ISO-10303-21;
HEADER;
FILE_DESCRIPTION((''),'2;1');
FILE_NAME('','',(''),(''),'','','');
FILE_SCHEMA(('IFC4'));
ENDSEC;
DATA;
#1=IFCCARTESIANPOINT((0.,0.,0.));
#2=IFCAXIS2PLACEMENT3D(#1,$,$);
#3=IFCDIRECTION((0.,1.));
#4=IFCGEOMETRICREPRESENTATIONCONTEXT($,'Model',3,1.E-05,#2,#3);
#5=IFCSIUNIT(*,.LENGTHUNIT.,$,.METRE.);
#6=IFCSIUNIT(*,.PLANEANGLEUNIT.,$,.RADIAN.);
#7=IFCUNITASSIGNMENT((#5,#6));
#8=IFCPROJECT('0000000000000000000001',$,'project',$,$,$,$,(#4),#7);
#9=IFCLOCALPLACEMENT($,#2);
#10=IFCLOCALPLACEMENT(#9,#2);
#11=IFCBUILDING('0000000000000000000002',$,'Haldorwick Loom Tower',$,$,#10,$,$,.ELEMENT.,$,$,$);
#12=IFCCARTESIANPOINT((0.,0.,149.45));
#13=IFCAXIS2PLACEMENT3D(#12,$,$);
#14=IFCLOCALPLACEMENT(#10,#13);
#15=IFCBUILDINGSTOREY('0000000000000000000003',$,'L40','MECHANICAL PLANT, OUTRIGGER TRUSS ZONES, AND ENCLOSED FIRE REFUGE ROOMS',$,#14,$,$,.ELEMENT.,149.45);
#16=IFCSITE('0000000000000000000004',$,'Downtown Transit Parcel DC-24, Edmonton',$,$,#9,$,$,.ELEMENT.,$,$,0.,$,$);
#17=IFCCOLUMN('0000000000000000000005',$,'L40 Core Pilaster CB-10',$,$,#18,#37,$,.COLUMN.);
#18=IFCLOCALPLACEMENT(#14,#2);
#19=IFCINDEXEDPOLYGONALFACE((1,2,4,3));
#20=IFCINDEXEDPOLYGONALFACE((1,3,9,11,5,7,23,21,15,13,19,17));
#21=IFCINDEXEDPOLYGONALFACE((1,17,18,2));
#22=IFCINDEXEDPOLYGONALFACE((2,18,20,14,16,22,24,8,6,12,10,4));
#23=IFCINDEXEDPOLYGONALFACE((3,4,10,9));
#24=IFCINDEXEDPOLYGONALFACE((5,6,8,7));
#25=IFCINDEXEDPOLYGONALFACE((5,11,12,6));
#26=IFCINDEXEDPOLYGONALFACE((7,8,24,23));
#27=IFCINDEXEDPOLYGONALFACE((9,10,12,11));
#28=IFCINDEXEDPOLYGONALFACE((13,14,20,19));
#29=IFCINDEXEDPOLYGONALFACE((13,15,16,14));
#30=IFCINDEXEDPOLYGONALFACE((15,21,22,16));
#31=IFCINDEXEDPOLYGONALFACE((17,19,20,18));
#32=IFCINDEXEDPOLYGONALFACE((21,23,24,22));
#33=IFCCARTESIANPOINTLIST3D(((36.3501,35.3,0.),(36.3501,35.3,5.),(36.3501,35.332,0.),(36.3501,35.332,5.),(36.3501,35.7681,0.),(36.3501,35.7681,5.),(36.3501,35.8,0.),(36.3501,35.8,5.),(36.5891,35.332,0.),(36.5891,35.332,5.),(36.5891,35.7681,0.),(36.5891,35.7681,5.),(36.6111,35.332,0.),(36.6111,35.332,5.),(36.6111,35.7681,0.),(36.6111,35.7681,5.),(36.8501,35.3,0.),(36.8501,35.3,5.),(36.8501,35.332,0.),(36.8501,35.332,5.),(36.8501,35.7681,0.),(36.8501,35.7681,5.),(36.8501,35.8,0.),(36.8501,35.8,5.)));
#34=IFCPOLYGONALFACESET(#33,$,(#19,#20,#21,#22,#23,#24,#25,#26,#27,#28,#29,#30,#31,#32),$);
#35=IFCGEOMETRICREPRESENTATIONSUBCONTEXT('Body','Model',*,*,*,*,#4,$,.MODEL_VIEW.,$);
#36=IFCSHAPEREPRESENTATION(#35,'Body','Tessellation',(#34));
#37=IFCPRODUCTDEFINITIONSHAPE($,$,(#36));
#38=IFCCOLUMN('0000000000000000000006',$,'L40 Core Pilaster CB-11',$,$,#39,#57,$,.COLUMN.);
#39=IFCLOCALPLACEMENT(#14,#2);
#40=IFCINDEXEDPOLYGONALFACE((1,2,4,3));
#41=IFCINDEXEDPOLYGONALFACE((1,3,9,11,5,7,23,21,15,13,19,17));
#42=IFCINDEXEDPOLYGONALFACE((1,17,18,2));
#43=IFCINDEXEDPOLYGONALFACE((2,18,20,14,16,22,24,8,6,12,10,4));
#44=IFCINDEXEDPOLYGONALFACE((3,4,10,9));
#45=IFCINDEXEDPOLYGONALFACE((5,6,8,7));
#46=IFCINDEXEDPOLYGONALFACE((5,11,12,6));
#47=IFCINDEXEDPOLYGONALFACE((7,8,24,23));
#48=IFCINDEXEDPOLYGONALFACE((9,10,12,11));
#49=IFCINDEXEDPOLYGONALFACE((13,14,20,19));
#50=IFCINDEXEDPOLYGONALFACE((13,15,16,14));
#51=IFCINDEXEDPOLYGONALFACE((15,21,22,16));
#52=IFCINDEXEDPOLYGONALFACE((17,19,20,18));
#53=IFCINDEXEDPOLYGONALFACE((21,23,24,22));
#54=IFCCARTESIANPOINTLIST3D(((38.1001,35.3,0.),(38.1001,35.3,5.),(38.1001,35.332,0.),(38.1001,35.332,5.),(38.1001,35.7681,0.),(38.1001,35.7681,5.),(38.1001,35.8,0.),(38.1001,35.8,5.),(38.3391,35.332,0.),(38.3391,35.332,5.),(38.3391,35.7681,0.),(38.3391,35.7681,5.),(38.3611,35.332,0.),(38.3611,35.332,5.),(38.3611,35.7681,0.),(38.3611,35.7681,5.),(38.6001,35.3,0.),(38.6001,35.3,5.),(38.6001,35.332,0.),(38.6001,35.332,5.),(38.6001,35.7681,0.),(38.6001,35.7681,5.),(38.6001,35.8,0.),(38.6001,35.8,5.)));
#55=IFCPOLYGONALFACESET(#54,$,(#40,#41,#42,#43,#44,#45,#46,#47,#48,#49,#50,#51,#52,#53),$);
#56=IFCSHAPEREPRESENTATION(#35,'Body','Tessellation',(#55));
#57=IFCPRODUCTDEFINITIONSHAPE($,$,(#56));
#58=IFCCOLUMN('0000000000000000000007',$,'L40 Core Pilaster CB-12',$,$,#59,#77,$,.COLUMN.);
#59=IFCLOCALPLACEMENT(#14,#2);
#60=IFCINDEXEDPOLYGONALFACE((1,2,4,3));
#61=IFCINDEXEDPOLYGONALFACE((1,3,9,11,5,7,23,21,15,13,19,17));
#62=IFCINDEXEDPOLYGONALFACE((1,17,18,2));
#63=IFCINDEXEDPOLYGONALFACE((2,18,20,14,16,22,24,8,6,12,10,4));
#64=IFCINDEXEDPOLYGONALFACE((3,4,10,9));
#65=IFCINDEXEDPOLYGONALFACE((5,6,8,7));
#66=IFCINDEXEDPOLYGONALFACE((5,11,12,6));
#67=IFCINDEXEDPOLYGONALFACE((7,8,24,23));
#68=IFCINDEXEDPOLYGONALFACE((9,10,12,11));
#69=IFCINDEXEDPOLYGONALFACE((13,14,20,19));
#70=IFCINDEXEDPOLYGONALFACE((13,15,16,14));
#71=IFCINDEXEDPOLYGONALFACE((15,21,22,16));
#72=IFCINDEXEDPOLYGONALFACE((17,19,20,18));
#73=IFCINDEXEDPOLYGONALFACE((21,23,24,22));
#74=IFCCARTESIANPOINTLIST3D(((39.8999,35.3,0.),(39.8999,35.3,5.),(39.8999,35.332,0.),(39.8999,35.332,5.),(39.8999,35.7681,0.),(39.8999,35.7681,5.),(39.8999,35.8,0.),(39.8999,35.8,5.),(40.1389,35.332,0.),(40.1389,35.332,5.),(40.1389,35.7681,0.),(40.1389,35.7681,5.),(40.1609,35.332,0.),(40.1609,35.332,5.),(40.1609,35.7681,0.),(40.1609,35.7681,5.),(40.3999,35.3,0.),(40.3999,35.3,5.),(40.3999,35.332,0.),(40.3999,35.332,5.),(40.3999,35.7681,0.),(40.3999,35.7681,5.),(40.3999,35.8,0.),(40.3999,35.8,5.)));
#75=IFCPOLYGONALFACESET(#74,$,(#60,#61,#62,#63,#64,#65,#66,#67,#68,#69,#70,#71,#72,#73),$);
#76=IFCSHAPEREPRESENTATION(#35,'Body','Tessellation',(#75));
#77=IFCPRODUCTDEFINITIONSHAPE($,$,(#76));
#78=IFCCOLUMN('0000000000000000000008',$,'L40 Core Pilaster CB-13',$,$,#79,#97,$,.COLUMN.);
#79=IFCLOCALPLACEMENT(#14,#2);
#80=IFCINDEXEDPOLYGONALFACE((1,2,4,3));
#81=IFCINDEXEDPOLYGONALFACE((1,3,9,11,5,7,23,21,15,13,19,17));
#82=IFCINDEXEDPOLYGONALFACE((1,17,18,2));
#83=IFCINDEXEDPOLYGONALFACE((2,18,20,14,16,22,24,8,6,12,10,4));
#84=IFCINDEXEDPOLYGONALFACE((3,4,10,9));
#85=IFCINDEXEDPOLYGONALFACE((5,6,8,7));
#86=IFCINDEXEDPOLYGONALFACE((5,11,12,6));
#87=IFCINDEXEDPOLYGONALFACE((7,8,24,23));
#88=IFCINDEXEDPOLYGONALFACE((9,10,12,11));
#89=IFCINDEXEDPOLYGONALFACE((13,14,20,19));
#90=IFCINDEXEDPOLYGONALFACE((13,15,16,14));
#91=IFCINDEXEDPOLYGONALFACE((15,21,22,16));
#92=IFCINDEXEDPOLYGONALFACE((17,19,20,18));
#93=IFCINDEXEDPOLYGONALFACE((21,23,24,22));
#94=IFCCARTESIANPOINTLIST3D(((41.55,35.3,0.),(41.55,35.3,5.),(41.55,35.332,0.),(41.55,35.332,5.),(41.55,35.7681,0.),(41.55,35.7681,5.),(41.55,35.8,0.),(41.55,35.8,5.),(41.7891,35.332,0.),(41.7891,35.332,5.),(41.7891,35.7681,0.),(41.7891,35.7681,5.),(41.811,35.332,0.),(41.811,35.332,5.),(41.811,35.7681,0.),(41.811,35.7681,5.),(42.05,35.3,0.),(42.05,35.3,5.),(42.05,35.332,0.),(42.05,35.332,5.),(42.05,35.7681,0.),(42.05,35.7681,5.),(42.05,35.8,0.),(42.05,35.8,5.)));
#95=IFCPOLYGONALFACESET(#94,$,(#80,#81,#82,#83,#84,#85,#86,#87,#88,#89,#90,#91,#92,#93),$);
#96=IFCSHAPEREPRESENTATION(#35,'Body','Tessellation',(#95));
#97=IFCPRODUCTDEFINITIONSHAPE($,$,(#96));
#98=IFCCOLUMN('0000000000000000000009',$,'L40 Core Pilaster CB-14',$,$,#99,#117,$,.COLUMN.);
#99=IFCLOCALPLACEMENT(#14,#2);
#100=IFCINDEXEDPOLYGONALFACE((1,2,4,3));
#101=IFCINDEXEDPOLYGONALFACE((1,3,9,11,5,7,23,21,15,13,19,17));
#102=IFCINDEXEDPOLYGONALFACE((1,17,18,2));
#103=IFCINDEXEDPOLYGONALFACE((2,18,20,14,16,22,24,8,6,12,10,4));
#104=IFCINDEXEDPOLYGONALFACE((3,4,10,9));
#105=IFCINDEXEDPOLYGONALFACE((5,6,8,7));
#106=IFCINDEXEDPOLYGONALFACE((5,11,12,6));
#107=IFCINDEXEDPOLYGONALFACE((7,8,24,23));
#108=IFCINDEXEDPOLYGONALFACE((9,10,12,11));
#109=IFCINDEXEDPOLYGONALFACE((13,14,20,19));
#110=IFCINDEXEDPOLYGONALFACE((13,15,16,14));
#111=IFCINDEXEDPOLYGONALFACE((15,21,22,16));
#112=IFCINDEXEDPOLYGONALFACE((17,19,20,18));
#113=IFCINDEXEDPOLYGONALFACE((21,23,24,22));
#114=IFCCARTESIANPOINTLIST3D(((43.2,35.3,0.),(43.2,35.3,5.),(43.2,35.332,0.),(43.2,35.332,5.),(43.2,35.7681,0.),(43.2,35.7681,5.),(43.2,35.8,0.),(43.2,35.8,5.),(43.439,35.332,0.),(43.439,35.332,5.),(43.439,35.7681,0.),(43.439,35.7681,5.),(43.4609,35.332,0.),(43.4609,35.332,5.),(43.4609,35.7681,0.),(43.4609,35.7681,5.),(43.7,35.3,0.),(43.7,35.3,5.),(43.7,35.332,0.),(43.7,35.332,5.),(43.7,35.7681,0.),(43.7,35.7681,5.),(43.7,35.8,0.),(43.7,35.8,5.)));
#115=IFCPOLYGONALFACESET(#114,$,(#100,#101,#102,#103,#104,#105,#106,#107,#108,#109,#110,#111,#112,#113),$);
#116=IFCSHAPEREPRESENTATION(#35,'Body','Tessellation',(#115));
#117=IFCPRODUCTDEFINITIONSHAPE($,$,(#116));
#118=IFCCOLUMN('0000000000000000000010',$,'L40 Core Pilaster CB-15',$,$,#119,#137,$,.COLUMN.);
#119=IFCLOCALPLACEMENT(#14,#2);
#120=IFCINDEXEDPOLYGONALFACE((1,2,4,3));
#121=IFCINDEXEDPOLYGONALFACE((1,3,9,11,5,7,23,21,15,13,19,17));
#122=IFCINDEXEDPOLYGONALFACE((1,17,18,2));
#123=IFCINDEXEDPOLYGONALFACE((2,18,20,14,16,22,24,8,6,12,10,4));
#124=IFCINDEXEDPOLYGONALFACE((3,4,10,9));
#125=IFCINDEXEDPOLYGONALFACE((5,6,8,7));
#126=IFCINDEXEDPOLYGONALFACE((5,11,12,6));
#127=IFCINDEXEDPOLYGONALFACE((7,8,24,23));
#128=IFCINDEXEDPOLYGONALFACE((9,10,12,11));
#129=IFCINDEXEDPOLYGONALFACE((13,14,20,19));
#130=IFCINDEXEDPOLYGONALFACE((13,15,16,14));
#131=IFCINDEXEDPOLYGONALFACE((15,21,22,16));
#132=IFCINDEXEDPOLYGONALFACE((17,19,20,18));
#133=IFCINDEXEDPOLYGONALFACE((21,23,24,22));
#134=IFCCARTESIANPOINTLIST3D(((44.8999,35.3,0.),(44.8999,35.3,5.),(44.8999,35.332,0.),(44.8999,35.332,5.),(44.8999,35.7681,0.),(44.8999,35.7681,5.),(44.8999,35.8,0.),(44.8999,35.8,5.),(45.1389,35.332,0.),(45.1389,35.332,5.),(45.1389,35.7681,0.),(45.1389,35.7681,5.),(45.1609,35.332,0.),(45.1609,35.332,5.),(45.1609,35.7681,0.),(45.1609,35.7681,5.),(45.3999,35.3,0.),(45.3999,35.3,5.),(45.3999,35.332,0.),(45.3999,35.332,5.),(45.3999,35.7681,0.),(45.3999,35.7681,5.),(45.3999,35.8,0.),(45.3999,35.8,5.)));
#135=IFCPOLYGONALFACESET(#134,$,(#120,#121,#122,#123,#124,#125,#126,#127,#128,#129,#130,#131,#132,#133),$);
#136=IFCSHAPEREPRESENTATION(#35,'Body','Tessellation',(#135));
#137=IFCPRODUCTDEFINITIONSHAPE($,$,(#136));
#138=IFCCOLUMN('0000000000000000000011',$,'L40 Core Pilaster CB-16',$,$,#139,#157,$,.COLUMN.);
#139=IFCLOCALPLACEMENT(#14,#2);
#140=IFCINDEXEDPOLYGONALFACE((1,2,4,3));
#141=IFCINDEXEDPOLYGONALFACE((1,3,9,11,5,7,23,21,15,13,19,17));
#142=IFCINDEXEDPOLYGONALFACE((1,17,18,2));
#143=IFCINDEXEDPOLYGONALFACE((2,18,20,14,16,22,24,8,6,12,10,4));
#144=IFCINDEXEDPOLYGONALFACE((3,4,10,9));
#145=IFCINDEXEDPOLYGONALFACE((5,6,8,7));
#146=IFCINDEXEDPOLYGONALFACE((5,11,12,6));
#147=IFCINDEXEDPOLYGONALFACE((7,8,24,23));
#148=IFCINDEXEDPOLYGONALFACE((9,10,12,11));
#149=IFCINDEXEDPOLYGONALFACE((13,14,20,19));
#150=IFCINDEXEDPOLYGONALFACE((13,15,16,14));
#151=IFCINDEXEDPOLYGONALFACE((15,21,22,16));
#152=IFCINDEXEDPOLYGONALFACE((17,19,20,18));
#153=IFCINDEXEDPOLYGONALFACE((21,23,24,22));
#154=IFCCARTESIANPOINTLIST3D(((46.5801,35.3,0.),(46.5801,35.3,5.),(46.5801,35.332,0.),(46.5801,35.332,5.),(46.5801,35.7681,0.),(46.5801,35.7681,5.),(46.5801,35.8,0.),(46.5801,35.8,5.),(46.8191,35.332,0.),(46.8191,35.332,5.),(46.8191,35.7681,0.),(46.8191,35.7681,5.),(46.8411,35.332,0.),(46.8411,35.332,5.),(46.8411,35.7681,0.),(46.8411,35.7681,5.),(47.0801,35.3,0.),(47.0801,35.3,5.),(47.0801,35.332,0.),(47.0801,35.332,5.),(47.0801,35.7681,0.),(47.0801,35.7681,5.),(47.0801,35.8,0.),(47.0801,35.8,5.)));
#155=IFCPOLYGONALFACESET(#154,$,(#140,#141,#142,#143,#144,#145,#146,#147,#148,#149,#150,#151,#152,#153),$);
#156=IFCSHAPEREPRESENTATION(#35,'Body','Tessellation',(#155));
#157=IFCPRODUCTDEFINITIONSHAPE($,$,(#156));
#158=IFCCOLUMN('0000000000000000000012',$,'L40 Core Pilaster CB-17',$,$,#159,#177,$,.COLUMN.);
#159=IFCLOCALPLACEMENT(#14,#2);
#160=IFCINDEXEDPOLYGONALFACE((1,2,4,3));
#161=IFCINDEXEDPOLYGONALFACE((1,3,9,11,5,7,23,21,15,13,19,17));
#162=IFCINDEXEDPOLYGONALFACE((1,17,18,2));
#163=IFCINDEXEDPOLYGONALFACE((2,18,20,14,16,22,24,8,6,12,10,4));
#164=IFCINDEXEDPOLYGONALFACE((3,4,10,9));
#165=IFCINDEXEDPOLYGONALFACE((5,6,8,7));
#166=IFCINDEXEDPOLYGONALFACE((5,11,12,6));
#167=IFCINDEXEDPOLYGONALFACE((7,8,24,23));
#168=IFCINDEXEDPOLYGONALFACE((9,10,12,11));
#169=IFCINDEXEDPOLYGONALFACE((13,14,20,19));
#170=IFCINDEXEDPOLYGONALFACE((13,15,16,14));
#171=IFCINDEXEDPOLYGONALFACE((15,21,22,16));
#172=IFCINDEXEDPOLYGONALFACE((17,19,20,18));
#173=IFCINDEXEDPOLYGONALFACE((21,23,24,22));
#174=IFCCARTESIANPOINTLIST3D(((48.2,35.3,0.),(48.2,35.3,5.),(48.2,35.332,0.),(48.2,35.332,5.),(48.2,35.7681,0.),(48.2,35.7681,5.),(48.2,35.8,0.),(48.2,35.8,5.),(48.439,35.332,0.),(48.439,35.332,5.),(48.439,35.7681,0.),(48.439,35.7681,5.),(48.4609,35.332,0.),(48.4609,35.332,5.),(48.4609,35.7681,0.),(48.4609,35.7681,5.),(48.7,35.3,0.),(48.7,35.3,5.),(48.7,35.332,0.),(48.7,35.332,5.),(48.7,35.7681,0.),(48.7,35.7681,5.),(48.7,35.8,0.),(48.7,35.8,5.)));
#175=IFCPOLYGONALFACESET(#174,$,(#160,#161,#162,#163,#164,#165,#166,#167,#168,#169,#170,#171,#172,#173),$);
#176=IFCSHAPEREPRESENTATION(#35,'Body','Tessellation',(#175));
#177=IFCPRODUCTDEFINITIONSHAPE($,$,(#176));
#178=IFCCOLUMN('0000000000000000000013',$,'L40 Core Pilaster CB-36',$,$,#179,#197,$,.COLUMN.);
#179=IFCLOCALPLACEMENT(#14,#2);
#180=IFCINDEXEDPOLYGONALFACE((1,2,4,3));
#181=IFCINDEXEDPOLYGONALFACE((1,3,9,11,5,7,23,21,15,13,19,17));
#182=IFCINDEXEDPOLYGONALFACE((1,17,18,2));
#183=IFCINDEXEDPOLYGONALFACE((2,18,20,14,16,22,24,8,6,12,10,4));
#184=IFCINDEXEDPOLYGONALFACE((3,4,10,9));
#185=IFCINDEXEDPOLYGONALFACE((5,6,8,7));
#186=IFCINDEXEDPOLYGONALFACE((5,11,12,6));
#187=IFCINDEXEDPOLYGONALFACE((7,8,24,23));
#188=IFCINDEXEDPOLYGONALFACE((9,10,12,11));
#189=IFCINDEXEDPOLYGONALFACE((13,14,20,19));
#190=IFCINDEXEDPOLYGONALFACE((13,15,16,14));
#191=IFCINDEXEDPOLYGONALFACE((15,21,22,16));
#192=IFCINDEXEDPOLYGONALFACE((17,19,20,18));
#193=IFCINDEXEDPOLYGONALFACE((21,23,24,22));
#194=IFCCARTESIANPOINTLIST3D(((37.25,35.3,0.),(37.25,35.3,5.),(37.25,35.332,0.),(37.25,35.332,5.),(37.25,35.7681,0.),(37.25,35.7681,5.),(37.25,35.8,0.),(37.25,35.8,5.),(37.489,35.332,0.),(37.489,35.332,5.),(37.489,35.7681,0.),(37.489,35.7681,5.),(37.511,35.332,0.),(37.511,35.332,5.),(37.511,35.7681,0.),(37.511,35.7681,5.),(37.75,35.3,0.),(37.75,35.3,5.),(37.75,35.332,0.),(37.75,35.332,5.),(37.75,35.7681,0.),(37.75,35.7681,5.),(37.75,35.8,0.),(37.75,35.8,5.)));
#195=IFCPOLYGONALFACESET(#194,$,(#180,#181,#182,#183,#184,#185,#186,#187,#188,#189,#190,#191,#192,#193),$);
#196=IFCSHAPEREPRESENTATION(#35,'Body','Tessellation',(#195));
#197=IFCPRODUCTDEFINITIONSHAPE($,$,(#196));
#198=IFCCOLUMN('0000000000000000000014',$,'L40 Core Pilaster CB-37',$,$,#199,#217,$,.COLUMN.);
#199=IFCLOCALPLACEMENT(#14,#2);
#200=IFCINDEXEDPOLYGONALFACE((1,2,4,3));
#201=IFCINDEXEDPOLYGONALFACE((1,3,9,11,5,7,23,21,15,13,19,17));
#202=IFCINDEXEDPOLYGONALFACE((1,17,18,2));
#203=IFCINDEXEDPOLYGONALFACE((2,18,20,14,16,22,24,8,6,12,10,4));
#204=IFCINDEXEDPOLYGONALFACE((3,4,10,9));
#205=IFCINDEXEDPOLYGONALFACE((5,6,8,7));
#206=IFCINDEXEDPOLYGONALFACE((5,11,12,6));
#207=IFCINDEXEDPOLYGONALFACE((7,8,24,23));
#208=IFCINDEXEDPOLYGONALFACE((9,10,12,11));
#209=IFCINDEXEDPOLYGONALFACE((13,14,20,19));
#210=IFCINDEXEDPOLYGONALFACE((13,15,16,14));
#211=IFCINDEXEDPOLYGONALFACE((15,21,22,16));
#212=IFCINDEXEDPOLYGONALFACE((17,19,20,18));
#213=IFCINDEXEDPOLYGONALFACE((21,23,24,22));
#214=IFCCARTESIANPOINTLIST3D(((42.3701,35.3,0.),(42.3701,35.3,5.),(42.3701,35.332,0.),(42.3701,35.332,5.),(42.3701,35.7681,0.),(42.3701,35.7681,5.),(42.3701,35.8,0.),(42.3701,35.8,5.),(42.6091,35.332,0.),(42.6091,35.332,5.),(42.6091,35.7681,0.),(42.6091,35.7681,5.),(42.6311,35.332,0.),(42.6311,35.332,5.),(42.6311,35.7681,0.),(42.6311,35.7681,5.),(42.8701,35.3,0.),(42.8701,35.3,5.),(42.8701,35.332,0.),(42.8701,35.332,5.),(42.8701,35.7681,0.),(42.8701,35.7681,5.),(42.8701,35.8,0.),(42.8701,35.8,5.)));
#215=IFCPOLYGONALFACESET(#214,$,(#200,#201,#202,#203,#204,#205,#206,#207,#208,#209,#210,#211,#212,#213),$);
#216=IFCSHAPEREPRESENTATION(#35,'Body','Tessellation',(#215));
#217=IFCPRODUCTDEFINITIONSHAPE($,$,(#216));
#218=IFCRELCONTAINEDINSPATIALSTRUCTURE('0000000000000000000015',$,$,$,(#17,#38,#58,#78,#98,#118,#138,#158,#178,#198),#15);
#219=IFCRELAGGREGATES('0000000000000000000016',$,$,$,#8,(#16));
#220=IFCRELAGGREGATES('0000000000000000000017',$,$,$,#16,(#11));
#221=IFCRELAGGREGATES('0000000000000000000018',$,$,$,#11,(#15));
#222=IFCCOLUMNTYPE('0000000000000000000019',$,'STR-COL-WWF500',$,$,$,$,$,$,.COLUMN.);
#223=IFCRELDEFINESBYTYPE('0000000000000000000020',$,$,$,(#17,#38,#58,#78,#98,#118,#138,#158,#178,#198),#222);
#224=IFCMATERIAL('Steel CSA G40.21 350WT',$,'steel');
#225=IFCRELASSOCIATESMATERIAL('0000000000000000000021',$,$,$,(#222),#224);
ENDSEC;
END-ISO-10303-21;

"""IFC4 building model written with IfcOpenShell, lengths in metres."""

from ifc_helpers import new_model, si_unit, direction, frame, origin, origin_2d, place, context, subcontext, project, spatial, i_section, extrude, material, material_profile, profile_set, type_object, element, save


model = new_model("IFC4")

# Units and contexts
model_context = context("Model", 3, precision=1e-05, world=origin(), true_north=direction((0.0, 1.0)))
body_context = subcontext(model_context, "Body", "Model", "MODEL_VIEW")
ifc_project = project(units=[si_unit("LENGTHUNIT", "METRE"), si_unit("PLANEANGLEUNIT", "RADIAN")], contexts=[model_context])

# Site, building, storey
site_placement = place(None, origin())
site = spatial("IfcSite", under=ifc_project, at=site_placement, Name="Downtown Transit Parcel DC-24, Edmonton", CompositionType="ELEMENT", RefElevation=0.0)
building_placement = place(site_placement, origin())
building = spatial("IfcBuilding", under=site, at=building_placement, Name="Haldorwick Loom Tower", CompositionType="ELEMENT")
storey_placement = place(building_placement, frame((0.0, 0.0, 149.45)))
storey = spatial("IfcBuildingStorey", under=building, at=storey_placement, Name="L40", Description="MECHANICAL PLANT, OUTRIGGER TRUSS ZONES, AND ENCLOSED FIRE REFUGE ROOMS", CompositionType="ELEMENT", Elevation=149.45)

# Columns
ifc_material_1 = material(Name="Steel CSA G40.21 350WT", Category="steel")
ifc_material_profile_1 = material_profile(ifc_material_1, i_section(OverallWidth=0.5, OverallDepth=0.5, WebThickness=0.022, FlangeThickness=0.032, at=origin_2d()), Name="WWF500X500", Category="steel")
ifc_profile_set_1 = profile_set([ifc_material_profile_1], Name="Steel CSA G40.21 350WT")
column_type = type_object("IfcColumnType", Name="STR-COL-WWF500", PredefinedType="COLUMN", material=ifc_profile_set_1)
for number, where, z_axis, x_axis, name in (
    (1, (36.6001, 35.55, 0.0), (0.0, 0.0, 1.0), (1.0, 0.0, 0.0), "L40 Core Pilaster CB-10"),
    (2, (38.3501, 35.55, 0.0), (0.0, 0.0, 1.0), (1.0, 0.0, 0.0), "L40 Core Pilaster CB-11"),
    (3, (40.1499, 35.55, 0.0), (0.0, 0.0, 1.0), (1.0, 0.0, 0.0), "L40 Core Pilaster CB-12"),
    (4, (41.8, 35.55, 0.0), (0.0, 0.0, 1.0), (1.0, 0.0, 0.0), "L40 Core Pilaster CB-13"),
    (5, (43.45, 35.55, 0.0), (0.0, 0.0, 1.0), (1.0, 0.0, 0.0), "L40 Core Pilaster CB-14"),
    (6, (45.1499, 35.55, 0.0), (0.0, 0.0, 1.0), (1.0, 0.0, 0.0), "L40 Core Pilaster CB-15"),
    (7, (46.8301, 35.55, 0.0), (0.0, 0.0, 1.0), (1.0, 0.0, 0.0), "L40 Core Pilaster CB-16"),
    (8, (48.45, 35.55, 0.0), (0.0, 0.0, 1.0), (1.0, 0.0, 0.0), "L40 Core Pilaster CB-17"),
    (9, (37.5, 35.55, 0.0), (0.0, 0.0, 1.0), (1.0, 0.0, 0.0), "L40 Core Pilaster CB-36"),
    (10, (42.6201, 35.55, 0.0), (0.0, 0.0, 1.0), (1.0, 0.0, 0.0), "L40 Core Pilaster CB-37"),
):
    element("IfcColumn", number, at=place(storey_placement, frame(where, z_axis=z_axis, x_axis=x_axis)), inside=storey, type_object=column_type, Name=name, PredefinedType="COLUMN", context=body_context, shape_type="SweptSolid", body=[
        extrude(i_section(OverallWidth=0.5, OverallDepth=0.5, WebThickness=0.022, FlangeThickness=0.032, at=origin_2d()), origin(), (0.0, 0.0, 1.0), 5.0),
    ])

save(model, "model.ifc")
